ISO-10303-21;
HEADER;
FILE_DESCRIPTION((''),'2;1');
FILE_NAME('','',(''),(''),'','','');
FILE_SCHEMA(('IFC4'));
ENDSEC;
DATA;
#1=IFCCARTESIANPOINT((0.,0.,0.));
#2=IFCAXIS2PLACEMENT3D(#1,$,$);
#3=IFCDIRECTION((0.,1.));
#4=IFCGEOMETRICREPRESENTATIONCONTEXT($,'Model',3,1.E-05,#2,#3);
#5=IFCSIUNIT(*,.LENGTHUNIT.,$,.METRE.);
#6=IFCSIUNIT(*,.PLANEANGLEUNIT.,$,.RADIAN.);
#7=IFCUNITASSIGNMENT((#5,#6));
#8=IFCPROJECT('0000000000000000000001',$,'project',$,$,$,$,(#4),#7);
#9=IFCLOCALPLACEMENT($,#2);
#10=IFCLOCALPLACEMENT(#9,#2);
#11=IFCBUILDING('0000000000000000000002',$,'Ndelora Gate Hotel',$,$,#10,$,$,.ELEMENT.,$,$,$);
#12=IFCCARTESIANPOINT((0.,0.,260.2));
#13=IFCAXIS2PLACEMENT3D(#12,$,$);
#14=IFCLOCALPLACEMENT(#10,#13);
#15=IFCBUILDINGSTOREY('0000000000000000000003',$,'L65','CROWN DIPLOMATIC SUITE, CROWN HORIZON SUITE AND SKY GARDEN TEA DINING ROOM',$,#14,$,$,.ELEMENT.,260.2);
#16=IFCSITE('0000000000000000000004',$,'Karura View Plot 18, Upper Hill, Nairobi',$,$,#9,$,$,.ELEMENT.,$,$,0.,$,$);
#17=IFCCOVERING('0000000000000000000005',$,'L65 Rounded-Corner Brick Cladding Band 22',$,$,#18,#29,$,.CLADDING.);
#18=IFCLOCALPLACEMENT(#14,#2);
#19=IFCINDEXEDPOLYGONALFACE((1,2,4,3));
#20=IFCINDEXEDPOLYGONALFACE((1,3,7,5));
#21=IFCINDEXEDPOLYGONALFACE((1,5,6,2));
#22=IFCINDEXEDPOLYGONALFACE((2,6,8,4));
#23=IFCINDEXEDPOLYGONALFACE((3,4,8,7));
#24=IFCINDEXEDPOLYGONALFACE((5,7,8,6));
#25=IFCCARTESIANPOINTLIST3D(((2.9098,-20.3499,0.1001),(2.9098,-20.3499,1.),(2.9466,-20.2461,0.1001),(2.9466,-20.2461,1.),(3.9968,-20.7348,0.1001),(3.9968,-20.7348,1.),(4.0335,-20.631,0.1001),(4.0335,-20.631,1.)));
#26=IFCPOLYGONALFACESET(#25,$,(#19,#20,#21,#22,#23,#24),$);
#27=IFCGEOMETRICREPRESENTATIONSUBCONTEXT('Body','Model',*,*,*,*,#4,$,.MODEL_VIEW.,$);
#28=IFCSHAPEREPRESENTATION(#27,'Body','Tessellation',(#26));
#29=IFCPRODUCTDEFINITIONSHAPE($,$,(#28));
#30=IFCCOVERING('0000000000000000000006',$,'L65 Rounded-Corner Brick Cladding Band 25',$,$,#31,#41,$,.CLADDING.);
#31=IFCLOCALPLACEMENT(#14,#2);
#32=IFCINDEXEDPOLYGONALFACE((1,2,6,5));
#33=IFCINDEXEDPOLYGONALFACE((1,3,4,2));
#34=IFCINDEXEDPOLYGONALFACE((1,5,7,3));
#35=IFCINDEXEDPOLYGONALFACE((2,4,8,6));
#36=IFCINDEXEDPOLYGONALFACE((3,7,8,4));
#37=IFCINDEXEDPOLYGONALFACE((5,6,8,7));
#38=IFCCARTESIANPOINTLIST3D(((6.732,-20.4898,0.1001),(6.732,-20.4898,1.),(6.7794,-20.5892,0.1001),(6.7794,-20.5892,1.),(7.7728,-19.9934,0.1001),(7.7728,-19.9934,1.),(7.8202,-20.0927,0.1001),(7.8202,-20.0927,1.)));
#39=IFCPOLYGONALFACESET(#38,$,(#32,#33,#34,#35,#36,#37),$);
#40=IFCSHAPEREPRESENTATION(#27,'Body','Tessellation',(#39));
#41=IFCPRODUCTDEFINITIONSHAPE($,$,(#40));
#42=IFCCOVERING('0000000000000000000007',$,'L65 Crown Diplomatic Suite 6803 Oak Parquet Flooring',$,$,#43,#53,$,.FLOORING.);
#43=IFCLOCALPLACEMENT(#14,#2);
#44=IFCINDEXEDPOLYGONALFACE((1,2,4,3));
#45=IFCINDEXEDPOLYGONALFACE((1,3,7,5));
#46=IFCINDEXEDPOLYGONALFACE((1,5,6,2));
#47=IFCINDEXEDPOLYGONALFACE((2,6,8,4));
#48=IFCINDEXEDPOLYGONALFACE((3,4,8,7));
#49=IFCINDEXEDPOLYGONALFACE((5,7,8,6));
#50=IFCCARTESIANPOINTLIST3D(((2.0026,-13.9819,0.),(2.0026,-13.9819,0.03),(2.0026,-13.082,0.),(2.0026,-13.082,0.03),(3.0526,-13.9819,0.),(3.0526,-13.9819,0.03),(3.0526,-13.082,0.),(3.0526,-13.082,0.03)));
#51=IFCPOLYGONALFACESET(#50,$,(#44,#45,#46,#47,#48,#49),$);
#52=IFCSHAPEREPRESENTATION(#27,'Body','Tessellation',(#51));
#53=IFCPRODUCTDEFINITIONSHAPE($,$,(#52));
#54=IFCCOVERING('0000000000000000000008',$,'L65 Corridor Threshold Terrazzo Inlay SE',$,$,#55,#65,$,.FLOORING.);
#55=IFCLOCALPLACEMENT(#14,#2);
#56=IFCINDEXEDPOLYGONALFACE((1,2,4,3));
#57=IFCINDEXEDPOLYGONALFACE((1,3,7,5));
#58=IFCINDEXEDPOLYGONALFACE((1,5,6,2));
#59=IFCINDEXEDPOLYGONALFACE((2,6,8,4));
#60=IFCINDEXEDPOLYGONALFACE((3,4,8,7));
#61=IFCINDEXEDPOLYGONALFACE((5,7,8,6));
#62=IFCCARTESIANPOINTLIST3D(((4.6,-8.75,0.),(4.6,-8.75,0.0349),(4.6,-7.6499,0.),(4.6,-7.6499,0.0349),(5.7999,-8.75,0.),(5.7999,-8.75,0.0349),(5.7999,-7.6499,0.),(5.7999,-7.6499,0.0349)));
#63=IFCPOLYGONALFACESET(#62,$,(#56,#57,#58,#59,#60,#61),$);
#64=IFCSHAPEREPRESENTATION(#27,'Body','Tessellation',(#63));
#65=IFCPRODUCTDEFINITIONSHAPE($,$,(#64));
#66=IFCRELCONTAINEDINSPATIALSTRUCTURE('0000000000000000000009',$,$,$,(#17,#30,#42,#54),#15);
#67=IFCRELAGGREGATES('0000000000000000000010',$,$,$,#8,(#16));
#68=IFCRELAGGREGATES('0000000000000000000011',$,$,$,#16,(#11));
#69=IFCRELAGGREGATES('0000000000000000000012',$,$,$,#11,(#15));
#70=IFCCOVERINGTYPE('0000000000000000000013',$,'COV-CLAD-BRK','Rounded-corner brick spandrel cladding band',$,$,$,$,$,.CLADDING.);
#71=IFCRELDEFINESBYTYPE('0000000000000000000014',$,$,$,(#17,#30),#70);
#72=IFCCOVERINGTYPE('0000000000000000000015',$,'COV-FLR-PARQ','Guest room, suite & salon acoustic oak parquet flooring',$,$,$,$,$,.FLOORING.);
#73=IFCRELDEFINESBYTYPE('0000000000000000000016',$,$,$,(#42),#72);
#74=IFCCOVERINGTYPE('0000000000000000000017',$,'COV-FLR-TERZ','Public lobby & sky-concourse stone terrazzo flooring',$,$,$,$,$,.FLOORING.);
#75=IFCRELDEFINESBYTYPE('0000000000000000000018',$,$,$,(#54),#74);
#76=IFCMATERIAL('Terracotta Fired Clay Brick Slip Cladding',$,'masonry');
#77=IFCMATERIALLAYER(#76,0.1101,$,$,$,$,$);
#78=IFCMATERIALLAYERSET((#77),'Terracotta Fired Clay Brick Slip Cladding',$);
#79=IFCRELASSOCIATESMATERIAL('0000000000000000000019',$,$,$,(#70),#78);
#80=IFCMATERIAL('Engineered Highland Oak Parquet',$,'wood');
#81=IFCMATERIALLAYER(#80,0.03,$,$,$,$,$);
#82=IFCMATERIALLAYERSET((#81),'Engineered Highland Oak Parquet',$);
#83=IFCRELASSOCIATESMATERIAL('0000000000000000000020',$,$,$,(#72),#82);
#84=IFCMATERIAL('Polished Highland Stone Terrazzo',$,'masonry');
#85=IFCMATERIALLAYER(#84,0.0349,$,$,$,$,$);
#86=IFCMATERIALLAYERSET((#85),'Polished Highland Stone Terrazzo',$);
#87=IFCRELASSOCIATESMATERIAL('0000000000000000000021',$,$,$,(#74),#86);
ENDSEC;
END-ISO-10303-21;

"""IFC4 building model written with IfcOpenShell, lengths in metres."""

from ifc_helpers import new_model, si_unit, direction, frame, origin, origin_2d, place, context, subcontext, project, spatial, rectangle, extrude, material, layer, layer_set, type_object, element, save


model = new_model("IFC4")

# Units and contexts
model_context = context("Model", 3, precision=1e-05, world=origin(), true_north=direction((0.0, 1.0)))
body_context = subcontext(model_context, "Body", "Model", "MODEL_VIEW")
ifc_project = project(units=[si_unit("LENGTHUNIT", "METRE"), si_unit("PLANEANGLEUNIT", "RADIAN")], contexts=[model_context])

# Site, building, storey
site_placement = place(None, origin())
site = spatial("IfcSite", under=ifc_project, at=site_placement, Name="Karura View Plot 18, Upper Hill, Nairobi", CompositionType="ELEMENT", RefElevation=0.0)
building_placement = place(site_placement, origin())
building = spatial("IfcBuilding", under=site, at=building_placement, Name="Ndelora Gate Hotel", CompositionType="ELEMENT")
storey_placement = place(building_placement, frame((0.0, 0.0, 260.2)))
storey = spatial("IfcBuildingStorey", under=building, at=storey_placement, Name="L65", Description="CROWN DIPLOMATIC SUITE, CROWN HORIZON SUITE AND SKY GARDEN TEA DINING ROOM", CompositionType="ELEMENT", Elevation=260.2)

# Coverings
ifc_material_1 = material(Name="Terracotta Fired Clay Brick Slip Cladding", Category="masonry")
ifc_layer_1 = layer(ifc_material_1, 0.1101)
ifc_layer_set_1 = layer_set([ifc_layer_1], Name="Terracotta Fired Clay Brick Slip Cladding")
covering_type_1 = type_object("IfcCoveringType", Name="COV-CLAD-BRK", Description="Rounded-corner brick spandrel cladding band", PredefinedType="CLADDING", material=ifc_layer_set_1)
for number, where, z_axis, x_axis, name in (
    (1, (3.4717, -20.4905, 0.1001), (0.0, 0.0, 1.0), (-0.942641, 0.333807, 0.0), "L65 Rounded-Corner Brick Cladding Band 22"),
    (2, (7.2761, -20.2913, 0.1001), (0.0, 0.0, 1.0), (0.902585, 0.430511, 0.0), "L65 Rounded-Corner Brick Cladding Band 25"),
):
    element("IfcCovering", number, at=place(storey_placement, frame(where, z_axis=z_axis, x_axis=x_axis)), inside=storey, type_object=covering_type_1, Name=name, PredefinedType="CLADDING", context=body_context, shape_type="SweptSolid", body=[
        extrude(rectangle(XDim=1.1531, YDim=0.1101, at=origin_2d()), origin(), (0.0, 0.0, 1.0), 0.8999),
    ])
ifc_material_2 = material(Name="Engineered Highland Oak Parquet", Category="wood")
ifc_layer_2 = layer(ifc_material_2, 0.03)
ifc_layer_set_2 = layer_set([ifc_layer_2], Name="Engineered Highland Oak Parquet")
covering_type_2 = type_object("IfcCoveringType", Name="COV-FLR-PARQ", Description="Guest room, suite & salon acoustic oak parquet flooring", PredefinedType="FLOORING", material=ifc_layer_set_2)
covering_1_placement = place(storey_placement, frame((2.5276, -13.532, 0.0), z_axis=(0.0, 0.0, 1.0), x_axis=(1.0, 0.0, 0.0)))
element("IfcCovering", 3, at=covering_1_placement, inside=storey, type_object=covering_type_2, Name="L65 Crown Diplomatic Suite 6803 Oak Parquet Flooring", PredefinedType="FLOORING", context=body_context, shape_type="SweptSolid", body=[
    extrude(rectangle(XDim=1.05, YDim=0.8999, at=origin_2d()), origin(), (0.0, 0.0, 1.0), 0.03),
])
ifc_material_3 = material(Name="Polished Highland Stone Terrazzo", Category="masonry")
ifc_layer_3 = layer(ifc_material_3, 0.0349)
ifc_layer_set_3 = layer_set([ifc_layer_3], Name="Polished Highland Stone Terrazzo")
covering_type_3 = type_object("IfcCoveringType", Name="COV-FLR-TERZ", Description="Public lobby & sky-concourse stone terrazzo flooring", PredefinedType="FLOORING", material=ifc_layer_set_3)
covering_2_placement = place(storey_placement, frame((5.2, -8.2, 0.0), z_axis=(0.0, 0.0, 1.0), x_axis=(1.0, 0.0, 0.0)))
element("IfcCovering", 4, at=covering_2_placement, inside=storey, type_object=covering_type_3, Name="L65 Corridor Threshold Terrazzo Inlay SE", PredefinedType="FLOORING", context=body_context, shape_type="SweptSolid", body=[
    extrude(rectangle(XDim=1.2, YDim=1.1001, at=origin_2d()), origin(), (0.0, 0.0, 1.0), 0.0349),
])

save(model, "model.ifc")
